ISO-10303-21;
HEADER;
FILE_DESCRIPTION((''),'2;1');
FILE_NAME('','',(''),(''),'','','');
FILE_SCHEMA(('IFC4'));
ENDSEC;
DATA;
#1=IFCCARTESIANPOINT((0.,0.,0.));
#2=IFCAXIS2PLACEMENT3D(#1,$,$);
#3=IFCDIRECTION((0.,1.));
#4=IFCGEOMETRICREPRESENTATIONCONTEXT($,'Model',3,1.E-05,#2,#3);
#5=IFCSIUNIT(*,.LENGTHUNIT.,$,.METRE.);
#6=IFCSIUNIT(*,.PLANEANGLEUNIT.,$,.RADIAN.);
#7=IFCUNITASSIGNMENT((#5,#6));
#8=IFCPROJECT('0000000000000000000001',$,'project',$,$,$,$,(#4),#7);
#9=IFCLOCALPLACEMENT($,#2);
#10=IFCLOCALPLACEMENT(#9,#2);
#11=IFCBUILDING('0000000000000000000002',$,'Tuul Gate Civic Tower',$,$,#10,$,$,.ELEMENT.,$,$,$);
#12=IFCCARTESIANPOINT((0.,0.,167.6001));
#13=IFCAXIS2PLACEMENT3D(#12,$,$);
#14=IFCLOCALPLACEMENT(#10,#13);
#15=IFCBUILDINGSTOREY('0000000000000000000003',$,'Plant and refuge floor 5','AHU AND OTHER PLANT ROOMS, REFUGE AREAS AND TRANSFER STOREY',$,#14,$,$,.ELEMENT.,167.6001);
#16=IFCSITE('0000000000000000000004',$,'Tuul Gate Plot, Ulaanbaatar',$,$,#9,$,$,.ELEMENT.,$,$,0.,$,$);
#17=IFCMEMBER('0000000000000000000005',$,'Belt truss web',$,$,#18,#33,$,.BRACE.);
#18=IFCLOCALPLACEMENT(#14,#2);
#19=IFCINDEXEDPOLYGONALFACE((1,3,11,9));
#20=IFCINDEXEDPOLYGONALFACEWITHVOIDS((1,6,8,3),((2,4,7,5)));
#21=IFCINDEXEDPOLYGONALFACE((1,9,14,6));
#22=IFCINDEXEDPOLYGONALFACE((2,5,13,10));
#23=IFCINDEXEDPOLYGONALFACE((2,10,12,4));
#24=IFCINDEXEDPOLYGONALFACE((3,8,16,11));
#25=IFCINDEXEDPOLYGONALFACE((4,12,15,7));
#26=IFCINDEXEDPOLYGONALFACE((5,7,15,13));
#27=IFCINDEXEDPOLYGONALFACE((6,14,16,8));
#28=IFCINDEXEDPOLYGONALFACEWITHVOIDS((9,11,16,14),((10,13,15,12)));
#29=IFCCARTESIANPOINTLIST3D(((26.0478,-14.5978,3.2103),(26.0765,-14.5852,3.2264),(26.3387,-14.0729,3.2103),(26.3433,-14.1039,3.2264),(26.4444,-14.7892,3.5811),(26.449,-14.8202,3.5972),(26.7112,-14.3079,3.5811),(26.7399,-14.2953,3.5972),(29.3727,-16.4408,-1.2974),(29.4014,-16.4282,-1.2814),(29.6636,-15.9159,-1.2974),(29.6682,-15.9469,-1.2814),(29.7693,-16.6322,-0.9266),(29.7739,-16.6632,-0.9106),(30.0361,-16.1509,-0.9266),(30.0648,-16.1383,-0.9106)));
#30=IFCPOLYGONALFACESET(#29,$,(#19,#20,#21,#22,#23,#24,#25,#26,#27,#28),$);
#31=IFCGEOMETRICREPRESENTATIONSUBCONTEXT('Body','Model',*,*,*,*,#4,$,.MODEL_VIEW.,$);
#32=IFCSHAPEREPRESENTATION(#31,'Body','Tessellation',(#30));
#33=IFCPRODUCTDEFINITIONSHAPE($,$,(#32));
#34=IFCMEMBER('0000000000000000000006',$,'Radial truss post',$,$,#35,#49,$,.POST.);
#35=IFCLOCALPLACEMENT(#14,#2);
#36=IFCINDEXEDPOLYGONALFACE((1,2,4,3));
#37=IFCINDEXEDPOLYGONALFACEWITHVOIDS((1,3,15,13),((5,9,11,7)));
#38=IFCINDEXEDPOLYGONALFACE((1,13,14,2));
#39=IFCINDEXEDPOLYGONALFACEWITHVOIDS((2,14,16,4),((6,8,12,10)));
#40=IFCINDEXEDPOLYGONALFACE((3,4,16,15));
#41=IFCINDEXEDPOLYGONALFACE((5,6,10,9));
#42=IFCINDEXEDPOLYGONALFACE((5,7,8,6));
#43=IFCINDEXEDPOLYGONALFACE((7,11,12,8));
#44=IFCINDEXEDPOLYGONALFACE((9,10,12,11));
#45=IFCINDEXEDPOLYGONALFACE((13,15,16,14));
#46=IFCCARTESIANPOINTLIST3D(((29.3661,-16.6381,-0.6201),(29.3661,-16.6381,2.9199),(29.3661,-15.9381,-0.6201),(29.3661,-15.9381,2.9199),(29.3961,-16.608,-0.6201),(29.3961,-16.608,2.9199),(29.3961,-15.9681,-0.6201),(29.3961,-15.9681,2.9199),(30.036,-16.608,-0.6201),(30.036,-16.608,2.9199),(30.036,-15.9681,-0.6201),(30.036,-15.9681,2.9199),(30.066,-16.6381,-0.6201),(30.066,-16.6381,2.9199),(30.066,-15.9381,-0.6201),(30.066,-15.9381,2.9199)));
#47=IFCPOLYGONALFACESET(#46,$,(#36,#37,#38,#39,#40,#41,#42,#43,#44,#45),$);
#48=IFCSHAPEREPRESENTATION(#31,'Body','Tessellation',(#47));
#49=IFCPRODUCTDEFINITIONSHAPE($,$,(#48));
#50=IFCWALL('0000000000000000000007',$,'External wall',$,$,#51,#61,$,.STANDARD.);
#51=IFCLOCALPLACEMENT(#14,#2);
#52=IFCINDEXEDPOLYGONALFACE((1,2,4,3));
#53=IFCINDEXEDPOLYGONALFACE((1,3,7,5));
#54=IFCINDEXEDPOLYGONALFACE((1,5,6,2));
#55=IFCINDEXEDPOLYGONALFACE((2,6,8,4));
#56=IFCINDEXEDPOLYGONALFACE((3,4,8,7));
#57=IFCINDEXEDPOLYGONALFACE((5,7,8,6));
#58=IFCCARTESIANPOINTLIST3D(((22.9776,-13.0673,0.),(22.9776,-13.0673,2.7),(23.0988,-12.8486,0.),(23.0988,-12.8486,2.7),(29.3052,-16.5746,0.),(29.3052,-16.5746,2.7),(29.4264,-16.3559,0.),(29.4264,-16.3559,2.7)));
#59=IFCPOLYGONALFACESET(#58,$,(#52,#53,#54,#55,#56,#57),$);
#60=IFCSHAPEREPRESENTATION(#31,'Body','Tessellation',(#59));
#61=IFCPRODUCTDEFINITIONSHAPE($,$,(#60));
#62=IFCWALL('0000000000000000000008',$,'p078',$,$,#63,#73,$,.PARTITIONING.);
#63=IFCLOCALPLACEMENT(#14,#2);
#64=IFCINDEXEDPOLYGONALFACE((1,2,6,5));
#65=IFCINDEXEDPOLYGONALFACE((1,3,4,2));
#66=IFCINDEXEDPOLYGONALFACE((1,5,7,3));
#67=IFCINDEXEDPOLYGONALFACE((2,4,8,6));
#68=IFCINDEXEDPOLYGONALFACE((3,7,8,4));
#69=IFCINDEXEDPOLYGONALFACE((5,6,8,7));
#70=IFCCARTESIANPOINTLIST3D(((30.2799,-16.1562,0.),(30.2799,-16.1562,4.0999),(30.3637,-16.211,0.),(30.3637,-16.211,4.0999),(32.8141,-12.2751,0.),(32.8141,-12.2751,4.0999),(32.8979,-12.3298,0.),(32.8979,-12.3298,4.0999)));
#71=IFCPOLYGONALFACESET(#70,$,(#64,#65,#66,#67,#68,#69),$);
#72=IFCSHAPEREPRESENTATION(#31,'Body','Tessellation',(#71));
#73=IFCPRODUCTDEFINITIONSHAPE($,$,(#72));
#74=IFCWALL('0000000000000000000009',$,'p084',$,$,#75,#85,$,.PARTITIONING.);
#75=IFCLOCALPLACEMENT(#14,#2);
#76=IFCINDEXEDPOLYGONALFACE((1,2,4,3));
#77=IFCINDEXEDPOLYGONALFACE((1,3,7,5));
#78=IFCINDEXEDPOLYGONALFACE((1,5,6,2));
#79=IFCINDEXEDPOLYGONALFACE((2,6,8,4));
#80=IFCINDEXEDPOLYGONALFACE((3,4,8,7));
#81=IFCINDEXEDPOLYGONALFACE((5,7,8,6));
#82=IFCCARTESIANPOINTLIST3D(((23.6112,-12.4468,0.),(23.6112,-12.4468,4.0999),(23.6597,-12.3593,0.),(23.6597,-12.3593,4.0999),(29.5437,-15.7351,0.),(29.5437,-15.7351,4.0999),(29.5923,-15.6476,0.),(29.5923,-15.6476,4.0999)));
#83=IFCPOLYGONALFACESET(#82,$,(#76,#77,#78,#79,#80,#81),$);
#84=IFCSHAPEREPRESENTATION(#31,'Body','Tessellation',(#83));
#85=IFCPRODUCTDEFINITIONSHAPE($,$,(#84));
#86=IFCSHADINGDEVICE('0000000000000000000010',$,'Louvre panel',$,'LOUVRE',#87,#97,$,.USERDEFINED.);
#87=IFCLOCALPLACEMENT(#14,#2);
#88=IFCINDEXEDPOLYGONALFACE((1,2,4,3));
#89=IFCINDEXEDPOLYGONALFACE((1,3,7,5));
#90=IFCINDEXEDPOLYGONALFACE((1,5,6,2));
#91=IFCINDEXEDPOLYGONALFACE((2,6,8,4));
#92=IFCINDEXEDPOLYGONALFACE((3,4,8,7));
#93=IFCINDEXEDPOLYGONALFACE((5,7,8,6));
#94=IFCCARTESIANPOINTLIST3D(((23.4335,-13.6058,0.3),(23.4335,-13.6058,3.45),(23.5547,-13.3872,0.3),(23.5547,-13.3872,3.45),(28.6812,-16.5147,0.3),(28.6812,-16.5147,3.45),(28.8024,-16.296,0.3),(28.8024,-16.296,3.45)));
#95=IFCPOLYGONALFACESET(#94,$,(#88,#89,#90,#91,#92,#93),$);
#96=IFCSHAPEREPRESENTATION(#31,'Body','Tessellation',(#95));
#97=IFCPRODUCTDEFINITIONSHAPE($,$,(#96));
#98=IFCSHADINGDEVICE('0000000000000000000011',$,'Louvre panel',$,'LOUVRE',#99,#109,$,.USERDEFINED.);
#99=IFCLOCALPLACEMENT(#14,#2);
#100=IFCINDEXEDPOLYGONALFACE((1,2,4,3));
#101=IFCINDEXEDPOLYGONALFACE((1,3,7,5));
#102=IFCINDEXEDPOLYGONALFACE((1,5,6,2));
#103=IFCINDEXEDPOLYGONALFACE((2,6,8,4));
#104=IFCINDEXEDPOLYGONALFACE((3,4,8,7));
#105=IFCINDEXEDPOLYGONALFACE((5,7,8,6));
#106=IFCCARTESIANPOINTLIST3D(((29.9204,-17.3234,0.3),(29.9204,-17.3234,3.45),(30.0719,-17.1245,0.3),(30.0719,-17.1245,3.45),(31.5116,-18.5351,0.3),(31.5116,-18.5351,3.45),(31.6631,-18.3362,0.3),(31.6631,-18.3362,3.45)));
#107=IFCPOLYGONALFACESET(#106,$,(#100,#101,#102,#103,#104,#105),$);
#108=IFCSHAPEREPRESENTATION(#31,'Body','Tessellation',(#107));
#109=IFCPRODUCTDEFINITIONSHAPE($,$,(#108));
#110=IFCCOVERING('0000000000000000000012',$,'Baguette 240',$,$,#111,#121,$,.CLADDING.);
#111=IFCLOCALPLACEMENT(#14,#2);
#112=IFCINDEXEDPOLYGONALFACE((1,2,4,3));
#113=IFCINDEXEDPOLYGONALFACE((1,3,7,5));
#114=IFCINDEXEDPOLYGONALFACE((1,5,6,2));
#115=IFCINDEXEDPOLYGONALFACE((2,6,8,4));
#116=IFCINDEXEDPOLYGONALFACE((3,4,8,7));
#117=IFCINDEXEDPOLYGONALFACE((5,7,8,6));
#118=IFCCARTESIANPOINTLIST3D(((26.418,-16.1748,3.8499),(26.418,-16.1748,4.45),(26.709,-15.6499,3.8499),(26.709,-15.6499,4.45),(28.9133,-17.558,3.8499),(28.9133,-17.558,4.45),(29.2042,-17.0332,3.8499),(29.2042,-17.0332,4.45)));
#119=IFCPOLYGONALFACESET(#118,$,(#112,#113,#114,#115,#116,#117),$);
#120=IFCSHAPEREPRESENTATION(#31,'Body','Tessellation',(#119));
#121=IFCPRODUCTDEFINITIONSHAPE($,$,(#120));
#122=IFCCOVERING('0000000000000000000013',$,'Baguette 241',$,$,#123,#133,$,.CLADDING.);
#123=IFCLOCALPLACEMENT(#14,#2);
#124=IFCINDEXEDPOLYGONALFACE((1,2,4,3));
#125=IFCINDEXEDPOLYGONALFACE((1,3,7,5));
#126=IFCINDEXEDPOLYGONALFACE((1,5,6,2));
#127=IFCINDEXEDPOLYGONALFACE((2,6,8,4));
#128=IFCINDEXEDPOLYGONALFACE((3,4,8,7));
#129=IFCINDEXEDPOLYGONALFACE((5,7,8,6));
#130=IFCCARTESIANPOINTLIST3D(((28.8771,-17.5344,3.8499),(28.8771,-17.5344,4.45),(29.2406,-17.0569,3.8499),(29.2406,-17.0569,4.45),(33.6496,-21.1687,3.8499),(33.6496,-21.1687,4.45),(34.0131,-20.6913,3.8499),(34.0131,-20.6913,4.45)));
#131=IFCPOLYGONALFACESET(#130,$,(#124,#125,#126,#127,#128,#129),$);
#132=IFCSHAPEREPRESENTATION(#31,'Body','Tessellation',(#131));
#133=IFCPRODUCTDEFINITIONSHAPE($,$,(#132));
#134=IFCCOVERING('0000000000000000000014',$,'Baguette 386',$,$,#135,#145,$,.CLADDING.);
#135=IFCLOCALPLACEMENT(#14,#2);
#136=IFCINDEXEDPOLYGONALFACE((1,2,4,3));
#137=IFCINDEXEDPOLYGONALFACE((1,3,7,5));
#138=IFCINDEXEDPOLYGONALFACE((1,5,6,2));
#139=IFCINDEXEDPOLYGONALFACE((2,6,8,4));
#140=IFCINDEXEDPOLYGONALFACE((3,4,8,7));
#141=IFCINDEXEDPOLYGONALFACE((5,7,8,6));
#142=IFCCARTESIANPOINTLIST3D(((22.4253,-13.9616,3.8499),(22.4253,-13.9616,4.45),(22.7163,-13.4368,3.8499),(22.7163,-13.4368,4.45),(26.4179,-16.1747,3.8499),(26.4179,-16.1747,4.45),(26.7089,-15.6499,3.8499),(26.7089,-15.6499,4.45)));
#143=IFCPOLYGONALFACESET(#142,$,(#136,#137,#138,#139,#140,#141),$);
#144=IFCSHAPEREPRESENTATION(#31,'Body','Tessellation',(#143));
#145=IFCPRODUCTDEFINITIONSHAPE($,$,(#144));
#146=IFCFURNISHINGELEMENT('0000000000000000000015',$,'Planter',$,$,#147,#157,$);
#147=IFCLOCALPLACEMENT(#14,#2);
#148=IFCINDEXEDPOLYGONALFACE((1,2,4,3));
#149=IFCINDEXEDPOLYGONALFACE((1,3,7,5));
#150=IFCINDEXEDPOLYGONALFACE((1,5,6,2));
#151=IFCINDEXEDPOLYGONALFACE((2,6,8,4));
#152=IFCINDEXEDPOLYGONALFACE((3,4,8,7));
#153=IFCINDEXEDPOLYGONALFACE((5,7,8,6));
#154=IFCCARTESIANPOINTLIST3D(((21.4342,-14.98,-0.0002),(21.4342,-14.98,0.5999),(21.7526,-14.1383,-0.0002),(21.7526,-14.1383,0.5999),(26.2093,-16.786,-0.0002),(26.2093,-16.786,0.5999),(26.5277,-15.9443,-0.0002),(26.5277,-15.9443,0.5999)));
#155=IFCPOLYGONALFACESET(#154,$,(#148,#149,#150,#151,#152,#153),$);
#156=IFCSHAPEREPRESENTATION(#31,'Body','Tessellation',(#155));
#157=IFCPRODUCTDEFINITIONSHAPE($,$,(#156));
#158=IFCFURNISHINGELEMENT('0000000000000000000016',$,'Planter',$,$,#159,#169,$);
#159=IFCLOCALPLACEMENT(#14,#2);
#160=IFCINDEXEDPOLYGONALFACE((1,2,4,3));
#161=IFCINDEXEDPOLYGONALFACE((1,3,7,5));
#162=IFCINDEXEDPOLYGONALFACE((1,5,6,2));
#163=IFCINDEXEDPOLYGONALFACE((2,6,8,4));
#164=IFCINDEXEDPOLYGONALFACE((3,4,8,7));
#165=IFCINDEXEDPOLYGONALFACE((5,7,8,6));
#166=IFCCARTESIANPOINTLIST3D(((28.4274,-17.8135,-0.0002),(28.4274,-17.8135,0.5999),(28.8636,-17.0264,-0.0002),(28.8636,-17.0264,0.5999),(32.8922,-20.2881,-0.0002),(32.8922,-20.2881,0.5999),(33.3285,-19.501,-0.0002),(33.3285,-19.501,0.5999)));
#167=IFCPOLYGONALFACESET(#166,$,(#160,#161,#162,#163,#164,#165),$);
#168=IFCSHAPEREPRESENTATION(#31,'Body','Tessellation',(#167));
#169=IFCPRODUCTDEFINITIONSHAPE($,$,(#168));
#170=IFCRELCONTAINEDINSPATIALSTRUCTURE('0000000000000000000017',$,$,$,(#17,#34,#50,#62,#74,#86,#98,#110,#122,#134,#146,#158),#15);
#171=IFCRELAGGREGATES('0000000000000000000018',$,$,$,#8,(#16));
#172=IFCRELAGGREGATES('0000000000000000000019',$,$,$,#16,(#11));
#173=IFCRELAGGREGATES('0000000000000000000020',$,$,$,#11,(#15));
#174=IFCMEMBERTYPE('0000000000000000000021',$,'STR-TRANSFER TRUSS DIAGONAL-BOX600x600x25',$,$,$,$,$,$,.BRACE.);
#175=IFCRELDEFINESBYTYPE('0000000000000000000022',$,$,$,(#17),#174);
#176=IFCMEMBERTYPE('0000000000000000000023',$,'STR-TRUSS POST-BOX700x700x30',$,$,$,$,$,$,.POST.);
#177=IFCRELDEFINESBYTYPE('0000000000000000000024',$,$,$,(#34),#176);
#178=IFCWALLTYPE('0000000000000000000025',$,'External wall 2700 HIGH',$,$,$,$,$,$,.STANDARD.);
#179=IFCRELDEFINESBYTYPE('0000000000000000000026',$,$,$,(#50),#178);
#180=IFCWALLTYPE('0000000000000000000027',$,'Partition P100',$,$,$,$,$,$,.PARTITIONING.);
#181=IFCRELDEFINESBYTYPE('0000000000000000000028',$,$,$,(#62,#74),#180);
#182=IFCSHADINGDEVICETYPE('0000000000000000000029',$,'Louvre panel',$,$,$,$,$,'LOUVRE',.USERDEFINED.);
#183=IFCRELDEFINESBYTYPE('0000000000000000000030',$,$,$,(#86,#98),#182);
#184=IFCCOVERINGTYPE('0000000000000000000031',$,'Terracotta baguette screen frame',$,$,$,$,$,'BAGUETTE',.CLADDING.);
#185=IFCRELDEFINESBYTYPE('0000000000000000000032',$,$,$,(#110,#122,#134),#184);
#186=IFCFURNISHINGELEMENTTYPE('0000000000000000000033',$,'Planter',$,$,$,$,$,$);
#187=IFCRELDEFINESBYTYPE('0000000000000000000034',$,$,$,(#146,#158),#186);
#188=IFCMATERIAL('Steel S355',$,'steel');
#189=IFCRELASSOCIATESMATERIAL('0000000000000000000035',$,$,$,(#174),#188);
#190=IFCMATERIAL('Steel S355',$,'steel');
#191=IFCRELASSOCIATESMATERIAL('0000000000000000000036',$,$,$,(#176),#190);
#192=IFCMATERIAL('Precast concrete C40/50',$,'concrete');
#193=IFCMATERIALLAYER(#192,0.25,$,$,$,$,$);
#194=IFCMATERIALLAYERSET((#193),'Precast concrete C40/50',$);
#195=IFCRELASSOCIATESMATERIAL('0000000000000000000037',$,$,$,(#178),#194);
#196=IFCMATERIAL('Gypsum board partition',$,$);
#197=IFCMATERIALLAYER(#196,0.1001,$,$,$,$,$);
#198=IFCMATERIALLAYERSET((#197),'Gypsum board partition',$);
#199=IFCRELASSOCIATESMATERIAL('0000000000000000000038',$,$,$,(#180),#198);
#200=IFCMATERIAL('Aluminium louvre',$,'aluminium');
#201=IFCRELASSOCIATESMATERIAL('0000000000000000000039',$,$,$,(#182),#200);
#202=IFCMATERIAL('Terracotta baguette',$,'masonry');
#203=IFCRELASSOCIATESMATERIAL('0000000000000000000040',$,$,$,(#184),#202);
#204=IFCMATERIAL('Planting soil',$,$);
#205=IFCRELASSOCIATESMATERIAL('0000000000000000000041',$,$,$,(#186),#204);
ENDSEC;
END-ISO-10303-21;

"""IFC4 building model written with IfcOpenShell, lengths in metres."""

from ifc_helpers import new_model, si_unit, direction, frame, frame_2d, origin, origin_2d, place, context, subcontext, project, spatial, rectangle, hollow_rectangle, extrude, material, layer, layer_set, material_profile, profile_set, type_object, element, save


model = new_model("IFC4")

# Units and contexts
model_context = context("Model", 3, precision=1e-05, world=origin(), true_north=direction((0.0, 1.0)))
body_context = subcontext(model_context, "Body", "Model", "MODEL_VIEW")
ifc_project = project(units=[si_unit("LENGTHUNIT", "METRE"), si_unit("PLANEANGLEUNIT", "RADIAN")], contexts=[model_context])

# Site, building, storey
site_placement = place(None, origin())
site = spatial("IfcSite", under=ifc_project, at=site_placement, Name="Tuul Gate Plot, Ulaanbaatar", CompositionType="ELEMENT", RefElevation=0.0)
building_placement = place(site_placement, origin())
building = spatial("IfcBuilding", under=site, at=building_placement, Name="Tuul Gate Civic Tower", CompositionType="ELEMENT")
storey_placement = place(building_placement, frame((0.0, 0.0, 167.6001)))
storey = spatial("IfcBuildingStorey", under=building, at=storey_placement, Name="Plant and refuge floor 5", Description="AHU AND OTHER PLANT ROOMS, REFUGE AREAS AND TRANSFER STOREY", CompositionType="ELEMENT", Elevation=167.6001)

# Members
ifc_material_1 = material(Name="Steel S355", Category="steel")
ifc_material_profile_1 = material_profile(ifc_material_1, hollow_rectangle(XDim=0.6001, YDim=0.6001, WallThickness=0.0249, at=origin_2d()), Name="BOX600x600x25")
ifc_profile_set_1 = profile_set([ifc_material_profile_1], Name="Steel S355")
member_type_1 = type_object("IfcMemberType", Name="STR-TRANSFER TRUSS DIAGONAL-BOX600x600x25", PredefinedType="BRACE", material=ifc_profile_set_1)
member_1_placement = place(storey_placement, frame((29.7188, -16.2896, -1.104), z_axis=(-0.563856, 0.312545, 0.764449), x_axis=(-0.484803, -0.874623, 0.0)))
element("IfcMember", 1, at=member_1_placement, inside=storey, type_object=member_type_1, Name="Belt truss web", PredefinedType="BRACE", context=body_context, shape_type="SweptSolid", body=[
    extrude(hollow_rectangle(XDim=0.6001, YDim=0.6001, WallThickness=0.0249, at=origin_2d()), origin(), (0.0, 0.0, 1.0), 5.8967),
])
ifc_material_2 = material(Name="Steel S355", Category="steel")
ifc_material_profile_2 = material_profile(ifc_material_2, hollow_rectangle(XDim=0.7, YDim=0.7, WallThickness=0.03, at=origin_2d()), Name="BOX700x700x30")
ifc_profile_set_2 = profile_set([ifc_material_profile_2], Name="Steel S355")
member_type_2 = type_object("IfcMemberType", Name="STR-TRUSS POST-BOX700x700x30", PredefinedType="POST", material=ifc_profile_set_2)
member_2_placement = place(storey_placement, frame((29.7161, -16.2881, -0.6201), z_axis=(0.0, 0.0, 1.0), x_axis=(1.0, 0.0, 0.0)))
element("IfcMember", 2, at=member_2_placement, inside=storey, type_object=member_type_2, Name="Radial truss post", PredefinedType="POST", context=body_context, shape_type="SweptSolid", body=[
    extrude(hollow_rectangle(XDim=0.7, YDim=0.7, WallThickness=0.03, at=origin_2d()), origin(), (0.0, 0.0, 1.0), 3.54),
])

# Wall
ifc_material_3 = material(Name="Precast concrete C40/50", Category="concrete")
ifc_layer_1 = layer(ifc_material_3, 0.25)
ifc_layer_set_1 = layer_set([ifc_layer_1], Name="Precast concrete C40/50")
wall_type_1 = type_object("IfcWallType", Name="External wall 2700 HIGH", PredefinedType="STANDARD", material=ifc_layer_set_1)
wall_1_placement = place(storey_placement, frame((23.0383, -12.958, 0.0), z_axis=(0.0, 0.0, 1.0), x_axis=(0.874628, -0.484795, 0.0)))
element("IfcWall", 3, at=wall_1_placement, inside=storey, type_object=wall_type_1, Name="External wall", PredefinedType="STANDARD", context=body_context, shape_type="SweptSolid", body=[
    extrude(rectangle(XDim=7.2346, YDim=0.25, at=frame_2d((3.6172, 0.0))), origin(), (0.0, 0.0, 1.0), 2.7),
])

# Walls
ifc_material_4 = material(Name="Gypsum board partition")
ifc_layer_2 = layer(ifc_material_4, 0.1001)
ifc_layer_set_2 = layer_set([ifc_layer_2], Name="Gypsum board partition")
wall_type_2 = type_object("IfcWallType", Name="Partition P100", PredefinedType="PARTITIONING", material=ifc_layer_set_2)
wall_2_placement = place(storey_placement, frame((30.3218, -16.1836, 0.0), z_axis=(0.0, 0.0, 1.0), x_axis=(0.546726, 0.837312, 0.0)))
element("IfcWall", 4, at=wall_2_placement, inside=storey, type_object=wall_type_2, Name="p078", PredefinedType="PARTITIONING", context=body_context, shape_type="SweptSolid", body=[
    extrude(rectangle(XDim=4.6353, YDim=0.1001, at=frame_2d((2.3176, 0.0))), origin(), (0.0, 0.0, 1.0), 4.0999),
])
wall_3_placement = place(storey_placement, frame((29.5681, -15.6914, 0.0), z_axis=(0.0, 0.0, 1.0), x_axis=(-0.874631, 0.48479, 0.0)))
element("IfcWall", 5, at=wall_3_placement, inside=storey, type_object=wall_type_2, Name="p084", PredefinedType="PARTITIONING", context=body_context, shape_type="SweptSolid", body=[
    extrude(rectangle(XDim=6.783, YDim=0.1001, at=frame_2d((3.3916, 0.0))), origin(), (0.0, 0.0, 1.0), 4.0999),
])

# Shading devices
ifc_material_5 = material(Name="Aluminium louvre", Category="aluminium")
shading_device_type = type_object("IfcShadingDeviceType", Name="Louvre panel", ElementType="LOUVRE", PredefinedType="USERDEFINED", material=ifc_material_5)
shading_device_1_placement = place(storey_placement, frame((26.1179, -14.9509, 0.3), z_axis=(0.0, 0.0, 1.0), x_axis=(-0.484808, -0.874621, 0.0)))
element("IfcShadingDevice", 6, at=shading_device_1_placement, inside=storey, type_object=shading_device_type, Name="Louvre panel", ObjectType="LOUVRE", PredefinedType="USERDEFINED", context=body_context, shape_type="SweptSolid", body=[
    extrude(rectangle(XDim=0.25, YDim=6.0, at=origin_2d()), origin(), (0.0, 0.0, 1.0), 3.1499),
])
shading_device_2_placement = place(storey_placement, frame((30.7917, -17.8298, 0.3), z_axis=(0.0, 0.0, 1.0), x_axis=(-0.605851, -0.795578, 0.0)))
element("IfcShadingDevice", 7, at=shading_device_2_placement, inside=storey, type_object=shading_device_type, Name="Louvre panel", ObjectType="LOUVRE", PredefinedType="USERDEFINED", context=body_context, shape_type="SweptSolid", body=[
    extrude(rectangle(XDim=0.25, YDim=2.0, at=origin_2d()), origin(), (0.0, 0.0, 1.0), 3.1499),
])

# Coverings
ifc_material_6 = material(Name="Terracotta baguette", Category="masonry")
ifc_material_profile_3 = material_profile(ifc_material_6, rectangle(XDim=0.6001, YDim=0.6001, at=origin_2d()), Name="Terracotta baguette screen frame")
ifc_profile_set_3 = profile_set([ifc_material_profile_3], Name="Terracotta baguette")
covering_type = type_object("IfcCoveringType", Name="Terracotta baguette screen frame", ElementType="BAGUETTE", PredefinedType="CLADDING", material=ifc_profile_set_3)
covering_1_placement = place(storey_placement, frame((26.5635, -15.9124, 4.1499), z_axis=(0.874605, -0.484836, 0.0), x_axis=(0.484836, 0.874605, 0.0)))
element("IfcCovering", 8, at=covering_1_placement, inside=storey, type_object=covering_type, Name="Baguette 240", PredefinedType="CLADDING", context=body_context, shape_type="SweptSolid", body=[
    extrude(rectangle(XDim=0.6001, YDim=0.6001, at=origin_2d()), origin(), (0.0, 0.0, 1.0), 2.853),
])
covering_2_placement = place(storey_placement, frame((29.0588, -17.2957, 4.1499), z_axis=(0.795583, -0.605845, 0.0), x_axis=(0.605845, 0.795583, 0.0)))
element("IfcCovering", 9, at=covering_2_placement, inside=storey, type_object=covering_type, Name="Baguette 241", PredefinedType="CLADDING", context=body_context, shape_type="SweptSolid", body=[
    extrude(rectangle(XDim=0.6001, YDim=0.6001, at=origin_2d()), origin(), (0.0, 0.0, 1.0), 5.9988),
])
covering_3_placement = place(storey_placement, frame((22.5708, -13.6992, 4.1499), z_axis=(0.874624, -0.484803, 0.0), x_axis=(0.484803, 0.874624, 0.0)))
element("IfcCovering", 10, at=covering_3_placement, inside=storey, type_object=covering_type, Name="Baguette 386", PredefinedType="CLADDING", context=body_context, shape_type="SweptSolid", body=[
    extrude(rectangle(XDim=0.6001, YDim=0.6001, at=origin_2d()), origin(), (0.0, 0.0, 1.0), 4.5649),
])

# Furnishing elements
ifc_material_7 = material(Name="Planting soil")
furnishing_element_type = type_object("IfcFurnishingElementType", Name="Planter", material=ifc_material_7)
furnishing_1_placement = place(storey_placement, frame((23.981, -15.4622, -0.0002), z_axis=(0.0, 0.0, 1.0), x_axis=(0.93534, -0.35375, 0.0)))
element("IfcFurnishingElement", 11, at=furnishing_1_placement, inside=storey, type_object=furnishing_element_type, Name="Planter", context=body_context, shape_type="SweptSolid", body=[
    extrude(rectangle(XDim=5.1052, YDim=0.8999, at=origin_2d()), origin(), (0.0, 0.0, 1.0), 0.6001),
])
furnishing_2_placement = place(storey_placement, frame((30.8779, -18.6572, -0.0002), z_axis=(0.0, 0.0, 1.0), x_axis=(0.874647, -0.48476, 0.0)))
element("IfcFurnishingElement", 12, at=furnishing_2_placement, inside=storey, type_object=furnishing_element_type, Name="Planter", context=body_context, shape_type="SweptSolid", body=[
    extrude(rectangle(XDim=5.1047, YDim=0.8999, at=origin_2d()), origin(), (0.0, 0.0, 1.0), 0.6001),
])

save(model, "model.ifc")
